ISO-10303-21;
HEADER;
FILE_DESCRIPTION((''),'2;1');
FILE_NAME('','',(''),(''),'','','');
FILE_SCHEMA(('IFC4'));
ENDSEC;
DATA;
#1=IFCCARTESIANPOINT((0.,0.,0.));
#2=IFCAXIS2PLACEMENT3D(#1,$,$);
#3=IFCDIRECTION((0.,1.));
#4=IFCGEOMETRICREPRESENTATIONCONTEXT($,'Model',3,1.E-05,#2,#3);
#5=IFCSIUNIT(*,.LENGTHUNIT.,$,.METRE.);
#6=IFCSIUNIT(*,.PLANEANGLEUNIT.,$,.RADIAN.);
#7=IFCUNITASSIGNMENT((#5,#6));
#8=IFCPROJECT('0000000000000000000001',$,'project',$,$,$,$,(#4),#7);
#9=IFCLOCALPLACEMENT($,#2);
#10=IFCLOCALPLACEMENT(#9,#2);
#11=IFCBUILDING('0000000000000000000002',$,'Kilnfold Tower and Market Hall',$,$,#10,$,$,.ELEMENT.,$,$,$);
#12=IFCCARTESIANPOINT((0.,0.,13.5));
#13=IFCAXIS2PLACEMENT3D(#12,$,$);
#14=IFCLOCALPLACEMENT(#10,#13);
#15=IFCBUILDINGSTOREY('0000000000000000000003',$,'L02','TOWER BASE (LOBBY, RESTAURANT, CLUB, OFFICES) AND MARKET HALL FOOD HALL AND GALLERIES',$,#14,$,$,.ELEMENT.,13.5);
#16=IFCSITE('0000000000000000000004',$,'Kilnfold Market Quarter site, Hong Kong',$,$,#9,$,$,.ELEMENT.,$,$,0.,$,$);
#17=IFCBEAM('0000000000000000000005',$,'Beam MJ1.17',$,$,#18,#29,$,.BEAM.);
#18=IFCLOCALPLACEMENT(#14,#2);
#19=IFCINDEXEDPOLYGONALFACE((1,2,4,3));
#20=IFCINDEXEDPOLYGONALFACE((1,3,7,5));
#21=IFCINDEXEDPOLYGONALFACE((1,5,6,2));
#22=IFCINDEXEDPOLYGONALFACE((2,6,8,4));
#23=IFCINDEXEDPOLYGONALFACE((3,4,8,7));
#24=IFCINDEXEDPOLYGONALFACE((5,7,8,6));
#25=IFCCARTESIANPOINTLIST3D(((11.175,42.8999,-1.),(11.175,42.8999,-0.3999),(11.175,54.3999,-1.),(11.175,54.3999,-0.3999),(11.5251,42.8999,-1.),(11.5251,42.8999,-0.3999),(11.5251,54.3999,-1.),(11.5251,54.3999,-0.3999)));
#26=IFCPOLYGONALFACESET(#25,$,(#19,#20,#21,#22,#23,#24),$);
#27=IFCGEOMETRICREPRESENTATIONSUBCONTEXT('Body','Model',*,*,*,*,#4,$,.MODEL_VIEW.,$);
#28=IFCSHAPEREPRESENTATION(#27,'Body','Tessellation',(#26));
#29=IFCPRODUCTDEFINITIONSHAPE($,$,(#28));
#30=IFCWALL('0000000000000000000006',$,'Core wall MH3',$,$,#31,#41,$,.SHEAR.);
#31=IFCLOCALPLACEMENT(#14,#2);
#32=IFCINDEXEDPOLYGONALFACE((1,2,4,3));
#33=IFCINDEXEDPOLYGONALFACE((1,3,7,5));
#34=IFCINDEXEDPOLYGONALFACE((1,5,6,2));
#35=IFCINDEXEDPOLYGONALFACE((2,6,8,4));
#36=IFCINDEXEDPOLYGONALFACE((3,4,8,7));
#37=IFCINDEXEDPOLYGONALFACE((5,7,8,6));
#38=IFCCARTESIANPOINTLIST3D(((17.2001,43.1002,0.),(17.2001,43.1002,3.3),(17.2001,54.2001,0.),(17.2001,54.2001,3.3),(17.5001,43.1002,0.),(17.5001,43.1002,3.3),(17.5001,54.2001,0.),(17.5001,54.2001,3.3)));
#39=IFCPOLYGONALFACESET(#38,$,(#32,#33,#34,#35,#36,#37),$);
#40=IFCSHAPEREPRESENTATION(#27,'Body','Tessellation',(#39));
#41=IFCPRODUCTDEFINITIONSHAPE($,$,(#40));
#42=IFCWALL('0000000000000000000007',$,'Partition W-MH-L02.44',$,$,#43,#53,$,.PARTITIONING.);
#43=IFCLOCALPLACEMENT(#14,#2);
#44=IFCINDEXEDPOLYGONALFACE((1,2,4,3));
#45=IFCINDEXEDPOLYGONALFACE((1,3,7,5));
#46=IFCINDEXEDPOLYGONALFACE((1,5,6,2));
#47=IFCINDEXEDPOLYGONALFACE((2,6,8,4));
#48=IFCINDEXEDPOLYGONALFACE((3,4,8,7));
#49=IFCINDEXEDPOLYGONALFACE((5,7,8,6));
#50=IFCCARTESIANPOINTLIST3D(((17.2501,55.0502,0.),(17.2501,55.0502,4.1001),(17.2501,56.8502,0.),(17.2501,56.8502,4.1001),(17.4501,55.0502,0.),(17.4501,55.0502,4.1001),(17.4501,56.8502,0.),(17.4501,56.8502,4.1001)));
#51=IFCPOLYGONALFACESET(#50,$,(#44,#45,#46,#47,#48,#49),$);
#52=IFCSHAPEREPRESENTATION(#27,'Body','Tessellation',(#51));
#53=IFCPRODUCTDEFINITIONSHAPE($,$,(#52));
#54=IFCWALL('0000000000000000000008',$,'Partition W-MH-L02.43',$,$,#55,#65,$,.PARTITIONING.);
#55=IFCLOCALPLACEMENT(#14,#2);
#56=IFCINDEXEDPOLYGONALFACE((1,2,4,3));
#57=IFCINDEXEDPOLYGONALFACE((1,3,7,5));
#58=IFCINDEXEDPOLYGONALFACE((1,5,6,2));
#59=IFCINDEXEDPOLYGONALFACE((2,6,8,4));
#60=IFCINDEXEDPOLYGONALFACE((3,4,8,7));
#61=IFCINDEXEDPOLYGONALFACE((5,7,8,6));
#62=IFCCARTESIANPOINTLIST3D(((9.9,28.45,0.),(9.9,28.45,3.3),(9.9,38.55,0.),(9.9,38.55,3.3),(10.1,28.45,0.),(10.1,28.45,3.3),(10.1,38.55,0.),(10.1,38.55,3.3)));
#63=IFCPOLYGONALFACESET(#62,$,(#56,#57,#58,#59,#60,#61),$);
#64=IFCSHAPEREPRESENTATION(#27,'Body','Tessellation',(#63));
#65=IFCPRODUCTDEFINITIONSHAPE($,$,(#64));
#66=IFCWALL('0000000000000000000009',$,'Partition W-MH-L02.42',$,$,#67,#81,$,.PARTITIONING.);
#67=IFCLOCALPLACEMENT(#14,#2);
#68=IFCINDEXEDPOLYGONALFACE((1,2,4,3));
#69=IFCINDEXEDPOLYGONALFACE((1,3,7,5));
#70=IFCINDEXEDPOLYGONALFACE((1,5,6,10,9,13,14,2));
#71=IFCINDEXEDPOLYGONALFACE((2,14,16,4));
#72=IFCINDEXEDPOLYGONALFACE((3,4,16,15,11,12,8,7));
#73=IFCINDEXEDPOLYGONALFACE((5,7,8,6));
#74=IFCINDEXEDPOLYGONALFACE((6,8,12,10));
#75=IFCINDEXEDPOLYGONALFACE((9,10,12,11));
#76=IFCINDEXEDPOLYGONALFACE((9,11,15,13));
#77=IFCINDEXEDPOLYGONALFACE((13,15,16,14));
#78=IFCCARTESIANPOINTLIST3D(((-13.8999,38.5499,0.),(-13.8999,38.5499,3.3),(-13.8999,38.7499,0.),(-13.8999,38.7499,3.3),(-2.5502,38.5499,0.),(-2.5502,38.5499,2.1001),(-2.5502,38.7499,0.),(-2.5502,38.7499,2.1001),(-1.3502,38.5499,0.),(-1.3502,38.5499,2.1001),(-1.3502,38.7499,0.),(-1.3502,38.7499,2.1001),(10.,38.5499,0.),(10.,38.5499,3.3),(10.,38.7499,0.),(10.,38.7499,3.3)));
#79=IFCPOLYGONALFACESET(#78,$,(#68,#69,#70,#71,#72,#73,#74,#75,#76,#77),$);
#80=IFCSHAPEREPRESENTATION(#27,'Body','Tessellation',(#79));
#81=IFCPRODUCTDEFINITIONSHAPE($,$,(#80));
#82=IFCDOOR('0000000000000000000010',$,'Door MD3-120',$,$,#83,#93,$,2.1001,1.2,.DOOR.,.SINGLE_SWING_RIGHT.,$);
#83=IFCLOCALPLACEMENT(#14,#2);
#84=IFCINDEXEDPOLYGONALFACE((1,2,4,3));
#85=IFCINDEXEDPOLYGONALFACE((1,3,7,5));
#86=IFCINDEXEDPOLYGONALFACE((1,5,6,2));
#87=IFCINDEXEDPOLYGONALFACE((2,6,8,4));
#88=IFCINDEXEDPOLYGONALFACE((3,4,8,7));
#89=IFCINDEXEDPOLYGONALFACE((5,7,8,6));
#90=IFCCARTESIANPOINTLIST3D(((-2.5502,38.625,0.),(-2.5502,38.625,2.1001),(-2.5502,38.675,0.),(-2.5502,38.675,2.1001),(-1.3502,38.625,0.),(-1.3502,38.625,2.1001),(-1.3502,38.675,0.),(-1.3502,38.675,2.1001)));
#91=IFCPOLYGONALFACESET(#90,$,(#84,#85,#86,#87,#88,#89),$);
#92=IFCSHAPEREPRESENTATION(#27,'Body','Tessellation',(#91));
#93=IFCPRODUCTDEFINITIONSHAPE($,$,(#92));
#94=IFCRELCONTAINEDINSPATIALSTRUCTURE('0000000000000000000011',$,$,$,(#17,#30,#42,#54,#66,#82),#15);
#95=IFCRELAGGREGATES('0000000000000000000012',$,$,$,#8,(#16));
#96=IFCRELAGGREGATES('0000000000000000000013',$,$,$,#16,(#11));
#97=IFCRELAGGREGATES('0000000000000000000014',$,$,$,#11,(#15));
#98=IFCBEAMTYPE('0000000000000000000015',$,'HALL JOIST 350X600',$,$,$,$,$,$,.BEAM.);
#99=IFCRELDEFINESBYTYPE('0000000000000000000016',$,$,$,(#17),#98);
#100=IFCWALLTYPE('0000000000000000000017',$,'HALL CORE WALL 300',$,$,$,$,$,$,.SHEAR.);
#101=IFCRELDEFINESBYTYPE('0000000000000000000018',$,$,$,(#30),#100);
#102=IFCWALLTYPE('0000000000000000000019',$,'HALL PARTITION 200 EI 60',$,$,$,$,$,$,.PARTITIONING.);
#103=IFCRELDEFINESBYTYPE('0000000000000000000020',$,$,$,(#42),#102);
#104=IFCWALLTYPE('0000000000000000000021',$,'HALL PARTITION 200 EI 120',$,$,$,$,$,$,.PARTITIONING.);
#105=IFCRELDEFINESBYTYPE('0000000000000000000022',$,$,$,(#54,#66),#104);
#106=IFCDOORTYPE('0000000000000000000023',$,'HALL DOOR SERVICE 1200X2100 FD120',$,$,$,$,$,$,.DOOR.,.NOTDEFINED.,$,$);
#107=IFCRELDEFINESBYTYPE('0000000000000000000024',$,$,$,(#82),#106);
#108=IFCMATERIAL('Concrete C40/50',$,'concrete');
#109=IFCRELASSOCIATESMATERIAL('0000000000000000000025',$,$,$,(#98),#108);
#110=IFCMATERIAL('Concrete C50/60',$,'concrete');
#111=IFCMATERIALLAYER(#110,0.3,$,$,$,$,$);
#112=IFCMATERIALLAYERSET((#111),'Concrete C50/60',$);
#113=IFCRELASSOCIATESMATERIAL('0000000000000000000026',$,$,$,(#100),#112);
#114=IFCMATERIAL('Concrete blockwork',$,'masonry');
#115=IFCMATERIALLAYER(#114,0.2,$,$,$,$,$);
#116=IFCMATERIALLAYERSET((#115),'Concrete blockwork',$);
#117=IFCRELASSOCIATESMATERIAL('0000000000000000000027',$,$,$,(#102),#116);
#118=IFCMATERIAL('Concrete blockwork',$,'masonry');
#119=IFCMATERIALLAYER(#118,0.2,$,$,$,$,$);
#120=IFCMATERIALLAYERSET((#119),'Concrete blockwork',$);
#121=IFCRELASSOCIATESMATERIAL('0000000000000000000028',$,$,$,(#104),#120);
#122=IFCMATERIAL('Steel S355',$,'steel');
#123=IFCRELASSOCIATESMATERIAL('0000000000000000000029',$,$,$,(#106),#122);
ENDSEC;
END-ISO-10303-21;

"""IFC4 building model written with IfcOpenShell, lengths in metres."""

from ifc_helpers import new_model, si_unit, direction, frame, frame_2d, origin, origin_2d, place, context, subcontext, project, spatial, rectangle, extrude, source, transform, mapped, material, layer, layer_set, material_profile, profile_set, type_object, element, fill, save


model = new_model("IFC4")

# Units and contexts
model_context = context("Model", 3, precision=1e-05, world=origin(), true_north=direction((0.0, 1.0)))
body_context = subcontext(model_context, "Body", "Model", "MODEL_VIEW")
ifc_project = project(units=[si_unit("LENGTHUNIT", "METRE"), si_unit("PLANEANGLEUNIT", "RADIAN")], contexts=[model_context])

# Site, building, storey
site_placement = place(None, origin())
site = spatial("IfcSite", under=ifc_project, at=site_placement, Name="Kilnfold Market Quarter site, Hong Kong", CompositionType="ELEMENT", RefElevation=0.0)
building_placement = place(site_placement, origin())
building = spatial("IfcBuilding", under=site, at=building_placement, Name="Kilnfold Tower and Market Hall", CompositionType="ELEMENT")
storey_placement = place(building_placement, frame((0.0, 0.0, 13.5)))
storey = spatial("IfcBuildingStorey", under=building, at=storey_placement, Name="L02", Description="TOWER BASE (LOBBY, RESTAURANT, CLUB, OFFICES) AND MARKET HALL FOOD HALL AND GALLERIES", CompositionType="ELEMENT", Elevation=13.5)

# Beam
ifc_material_1 = material(Name="Concrete C40/50", Category="concrete")
ifc_material_profile_1 = material_profile(ifc_material_1, rectangle(XDim=0.3501, YDim=0.6001, at=origin_2d()), Name="RC 350x600")
ifc_profile_set_1 = profile_set([ifc_material_profile_1], Name="Concrete C40/50")
beam_type_1 = type_object("IfcBeamType", Name="HALL JOIST 350X600", PredefinedType="BEAM", material=ifc_profile_set_1)
for number, where, z_axis, x_axis, name in (
    (1, (11.3501, 42.8999, -0.7), (0.0, 1.0, 0.0), (-1.0, 0.0, 0.0), "Beam MJ1.17"),
):
    element("IfcBeam", number, at=place(storey_placement, frame(where, z_axis=z_axis, x_axis=x_axis)), inside=storey, type_object=beam_type_1, Name=name, PredefinedType="BEAM", context=body_context, shape_type="SweptSolid", body=[
        extrude(rectangle(XDim=0.3501, YDim=0.6001, at=origin_2d()), origin(), (0.0, 0.0, 1.0), 11.5),
    ])

# Walls
ifc_material_2 = material(Name="Concrete C50/60", Category="concrete")
ifc_layer_1 = layer(ifc_material_2, 0.3)
ifc_layer_set_1 = layer_set([ifc_layer_1], Name="Concrete C50/60")
wall_type_1 = type_object("IfcWallType", Name="HALL CORE WALL 300", PredefinedType="SHEAR", material=ifc_layer_set_1)
shared_shape_1 = source(origin(), body_context, "Body", "SweptSolid", [
    extrude(rectangle(XDim=11.0999, YDim=0.3, at=frame_2d((5.5498, 0.0))), origin(), (0.0, 0.0, 1.0), 3.3),
])
wall_1_placement = place(storey_placement, frame((17.3501, 54.2, 0.0), z_axis=(0.0, 0.0, 1.0), x_axis=(0.0, -1.0, 0.0)))
element("IfcWall", 2, at=wall_1_placement, inside=storey, type_object=wall_type_1, Name="Core wall MH3", PredefinedType="SHEAR", context=body_context, shape_type="MappedRepresentation", body=[
    mapped(shared_shape_1, transform((0.0, 0.0, 0.0))),
])
ifc_material_3 = material(Name="Concrete blockwork", Category="masonry")
ifc_layer_2 = layer(ifc_material_3, 0.2)
ifc_layer_set_2 = layer_set([ifc_layer_2], Name="Concrete blockwork")
wall_type_2 = type_object("IfcWallType", Name="HALL PARTITION 200 EI 60", PredefinedType="PARTITIONING", material=ifc_layer_set_2)
shared_shape_2 = source(origin(), body_context, "Body", "SweptSolid", [
    extrude(rectangle(XDim=1.8, YDim=0.2, at=frame_2d((0.8999, 0.0))), origin(), (0.0, 0.0, 1.0), 4.1001),
])
wall_2_placement = place(storey_placement, frame((17.3501, 56.8501, 0.0), z_axis=(0.0, 0.0, 1.0), x_axis=(0.0, -1.0, 0.0)))
element("IfcWall", 3, at=wall_2_placement, inside=storey, type_object=wall_type_2, Name="Partition W-MH-L02.44", PredefinedType="PARTITIONING", context=body_context, shape_type="MappedRepresentation", body=[
    mapped(shared_shape_2, transform((0.0, 0.0, 0.0))),
])

# Wall
ifc_material_4 = material(Name="Concrete blockwork", Category="masonry")
ifc_layer_3 = layer(ifc_material_4, 0.2)
ifc_layer_set_3 = layer_set([ifc_layer_3], Name="Concrete blockwork")
wall_type_3 = type_object("IfcWallType", Name="HALL PARTITION 200 EI 120", PredefinedType="PARTITIONING", material=ifc_layer_set_3)
shared_shape_3 = source(origin(), body_context, "Body", "SweptSolid", [
    extrude(rectangle(XDim=10.1001, YDim=0.2, at=frame_2d((5.05, 0.0))), origin(), (0.0, 0.0, 1.0), 3.3),
])
wall_3_placement = place(storey_placement, frame((10.0, 38.55, 0.0), z_axis=(0.0, 0.0, 1.0), x_axis=(0.0, -1.0, 0.0)))
element("IfcWall", 4, at=wall_3_placement, inside=storey, type_object=wall_type_3, Name="Partition W-MH-L02.43", PredefinedType="PARTITIONING", context=body_context, shape_type="MappedRepresentation", body=[
    mapped(shared_shape_3, transform((0.0, 0.0, 0.0))),
])

# Wall, opening, door
shared_shape_4 = source(origin(), body_context, "Body", "SweptSolid", [
    extrude(rectangle(XDim=23.8999, YDim=0.2, at=frame_2d((11.95, 0.0))), origin(), (0.0, 0.0, 1.0), 3.3),
])
wall_4_placement = place(storey_placement, frame((10.0, 38.6499, 0.0), z_axis=(0.0, 0.0, 1.0), x_axis=(-1.0, 0.0, 0.0)))
wall_4 = element("IfcWall", 5, at=wall_4_placement, inside=storey, type_object=wall_type_3, Name="Partition W-MH-L02.42", PredefinedType="PARTITIONING", context=body_context, shape_type="MappedRepresentation", body=[
    mapped(shared_shape_4, transform((0.0, 0.0, 0.0))),
])
opening_1_placement = place(wall_4_placement, frame((11.3501, 0.0, 0.0)))
opening_1 = element("IfcOpeningElement", 6, at=opening_1_placement, cuts=wall_4, PredefinedType="OPENING", context=body_context, shape_type="SweptSolid", body=[
    extrude(rectangle(XDim=1.2, YDim=2.1001, at=frame_2d((0.6001, 1.05))), frame((0.0, 0.1099, 0.0), z_axis=(0.0, -1.0, 0.0), x_axis=(1.0, 0.0, 0.0)), (0.0, 0.0, 1.0), 0.22),
])
ifc_material_5 = material(Name="Steel S355", Category="steel")
door_type_1 = type_object("IfcDoorType", Name="HALL DOOR SERVICE 1200X2100 FD120", OperationType="NOTDEFINED", PredefinedType="DOOR", material=ifc_material_5)
door_1_placement = place(opening_1_placement, origin())
door_1 = element("IfcDoor", 7, at=door_1_placement, inside=storey, type_object=door_type_1, Name="Door MD3-120", OperationType="SINGLE_SWING_RIGHT", OverallHeight=2.1001, OverallWidth=1.2, PredefinedType="DOOR", context=body_context, shape_type="SweptSolid", body=[
    extrude(rectangle(XDim=1.2, YDim=2.1001, at=frame_2d((0.6001, 1.05))), frame((0.0, 0.0249, 0.0), z_axis=(0.0, -1.0, 0.0), x_axis=(1.0, 0.0, 0.0)), (0.0, 0.0, 1.0), 0.05),
])
fill(opening_1, door_1)

save(model, "model.ifc")
